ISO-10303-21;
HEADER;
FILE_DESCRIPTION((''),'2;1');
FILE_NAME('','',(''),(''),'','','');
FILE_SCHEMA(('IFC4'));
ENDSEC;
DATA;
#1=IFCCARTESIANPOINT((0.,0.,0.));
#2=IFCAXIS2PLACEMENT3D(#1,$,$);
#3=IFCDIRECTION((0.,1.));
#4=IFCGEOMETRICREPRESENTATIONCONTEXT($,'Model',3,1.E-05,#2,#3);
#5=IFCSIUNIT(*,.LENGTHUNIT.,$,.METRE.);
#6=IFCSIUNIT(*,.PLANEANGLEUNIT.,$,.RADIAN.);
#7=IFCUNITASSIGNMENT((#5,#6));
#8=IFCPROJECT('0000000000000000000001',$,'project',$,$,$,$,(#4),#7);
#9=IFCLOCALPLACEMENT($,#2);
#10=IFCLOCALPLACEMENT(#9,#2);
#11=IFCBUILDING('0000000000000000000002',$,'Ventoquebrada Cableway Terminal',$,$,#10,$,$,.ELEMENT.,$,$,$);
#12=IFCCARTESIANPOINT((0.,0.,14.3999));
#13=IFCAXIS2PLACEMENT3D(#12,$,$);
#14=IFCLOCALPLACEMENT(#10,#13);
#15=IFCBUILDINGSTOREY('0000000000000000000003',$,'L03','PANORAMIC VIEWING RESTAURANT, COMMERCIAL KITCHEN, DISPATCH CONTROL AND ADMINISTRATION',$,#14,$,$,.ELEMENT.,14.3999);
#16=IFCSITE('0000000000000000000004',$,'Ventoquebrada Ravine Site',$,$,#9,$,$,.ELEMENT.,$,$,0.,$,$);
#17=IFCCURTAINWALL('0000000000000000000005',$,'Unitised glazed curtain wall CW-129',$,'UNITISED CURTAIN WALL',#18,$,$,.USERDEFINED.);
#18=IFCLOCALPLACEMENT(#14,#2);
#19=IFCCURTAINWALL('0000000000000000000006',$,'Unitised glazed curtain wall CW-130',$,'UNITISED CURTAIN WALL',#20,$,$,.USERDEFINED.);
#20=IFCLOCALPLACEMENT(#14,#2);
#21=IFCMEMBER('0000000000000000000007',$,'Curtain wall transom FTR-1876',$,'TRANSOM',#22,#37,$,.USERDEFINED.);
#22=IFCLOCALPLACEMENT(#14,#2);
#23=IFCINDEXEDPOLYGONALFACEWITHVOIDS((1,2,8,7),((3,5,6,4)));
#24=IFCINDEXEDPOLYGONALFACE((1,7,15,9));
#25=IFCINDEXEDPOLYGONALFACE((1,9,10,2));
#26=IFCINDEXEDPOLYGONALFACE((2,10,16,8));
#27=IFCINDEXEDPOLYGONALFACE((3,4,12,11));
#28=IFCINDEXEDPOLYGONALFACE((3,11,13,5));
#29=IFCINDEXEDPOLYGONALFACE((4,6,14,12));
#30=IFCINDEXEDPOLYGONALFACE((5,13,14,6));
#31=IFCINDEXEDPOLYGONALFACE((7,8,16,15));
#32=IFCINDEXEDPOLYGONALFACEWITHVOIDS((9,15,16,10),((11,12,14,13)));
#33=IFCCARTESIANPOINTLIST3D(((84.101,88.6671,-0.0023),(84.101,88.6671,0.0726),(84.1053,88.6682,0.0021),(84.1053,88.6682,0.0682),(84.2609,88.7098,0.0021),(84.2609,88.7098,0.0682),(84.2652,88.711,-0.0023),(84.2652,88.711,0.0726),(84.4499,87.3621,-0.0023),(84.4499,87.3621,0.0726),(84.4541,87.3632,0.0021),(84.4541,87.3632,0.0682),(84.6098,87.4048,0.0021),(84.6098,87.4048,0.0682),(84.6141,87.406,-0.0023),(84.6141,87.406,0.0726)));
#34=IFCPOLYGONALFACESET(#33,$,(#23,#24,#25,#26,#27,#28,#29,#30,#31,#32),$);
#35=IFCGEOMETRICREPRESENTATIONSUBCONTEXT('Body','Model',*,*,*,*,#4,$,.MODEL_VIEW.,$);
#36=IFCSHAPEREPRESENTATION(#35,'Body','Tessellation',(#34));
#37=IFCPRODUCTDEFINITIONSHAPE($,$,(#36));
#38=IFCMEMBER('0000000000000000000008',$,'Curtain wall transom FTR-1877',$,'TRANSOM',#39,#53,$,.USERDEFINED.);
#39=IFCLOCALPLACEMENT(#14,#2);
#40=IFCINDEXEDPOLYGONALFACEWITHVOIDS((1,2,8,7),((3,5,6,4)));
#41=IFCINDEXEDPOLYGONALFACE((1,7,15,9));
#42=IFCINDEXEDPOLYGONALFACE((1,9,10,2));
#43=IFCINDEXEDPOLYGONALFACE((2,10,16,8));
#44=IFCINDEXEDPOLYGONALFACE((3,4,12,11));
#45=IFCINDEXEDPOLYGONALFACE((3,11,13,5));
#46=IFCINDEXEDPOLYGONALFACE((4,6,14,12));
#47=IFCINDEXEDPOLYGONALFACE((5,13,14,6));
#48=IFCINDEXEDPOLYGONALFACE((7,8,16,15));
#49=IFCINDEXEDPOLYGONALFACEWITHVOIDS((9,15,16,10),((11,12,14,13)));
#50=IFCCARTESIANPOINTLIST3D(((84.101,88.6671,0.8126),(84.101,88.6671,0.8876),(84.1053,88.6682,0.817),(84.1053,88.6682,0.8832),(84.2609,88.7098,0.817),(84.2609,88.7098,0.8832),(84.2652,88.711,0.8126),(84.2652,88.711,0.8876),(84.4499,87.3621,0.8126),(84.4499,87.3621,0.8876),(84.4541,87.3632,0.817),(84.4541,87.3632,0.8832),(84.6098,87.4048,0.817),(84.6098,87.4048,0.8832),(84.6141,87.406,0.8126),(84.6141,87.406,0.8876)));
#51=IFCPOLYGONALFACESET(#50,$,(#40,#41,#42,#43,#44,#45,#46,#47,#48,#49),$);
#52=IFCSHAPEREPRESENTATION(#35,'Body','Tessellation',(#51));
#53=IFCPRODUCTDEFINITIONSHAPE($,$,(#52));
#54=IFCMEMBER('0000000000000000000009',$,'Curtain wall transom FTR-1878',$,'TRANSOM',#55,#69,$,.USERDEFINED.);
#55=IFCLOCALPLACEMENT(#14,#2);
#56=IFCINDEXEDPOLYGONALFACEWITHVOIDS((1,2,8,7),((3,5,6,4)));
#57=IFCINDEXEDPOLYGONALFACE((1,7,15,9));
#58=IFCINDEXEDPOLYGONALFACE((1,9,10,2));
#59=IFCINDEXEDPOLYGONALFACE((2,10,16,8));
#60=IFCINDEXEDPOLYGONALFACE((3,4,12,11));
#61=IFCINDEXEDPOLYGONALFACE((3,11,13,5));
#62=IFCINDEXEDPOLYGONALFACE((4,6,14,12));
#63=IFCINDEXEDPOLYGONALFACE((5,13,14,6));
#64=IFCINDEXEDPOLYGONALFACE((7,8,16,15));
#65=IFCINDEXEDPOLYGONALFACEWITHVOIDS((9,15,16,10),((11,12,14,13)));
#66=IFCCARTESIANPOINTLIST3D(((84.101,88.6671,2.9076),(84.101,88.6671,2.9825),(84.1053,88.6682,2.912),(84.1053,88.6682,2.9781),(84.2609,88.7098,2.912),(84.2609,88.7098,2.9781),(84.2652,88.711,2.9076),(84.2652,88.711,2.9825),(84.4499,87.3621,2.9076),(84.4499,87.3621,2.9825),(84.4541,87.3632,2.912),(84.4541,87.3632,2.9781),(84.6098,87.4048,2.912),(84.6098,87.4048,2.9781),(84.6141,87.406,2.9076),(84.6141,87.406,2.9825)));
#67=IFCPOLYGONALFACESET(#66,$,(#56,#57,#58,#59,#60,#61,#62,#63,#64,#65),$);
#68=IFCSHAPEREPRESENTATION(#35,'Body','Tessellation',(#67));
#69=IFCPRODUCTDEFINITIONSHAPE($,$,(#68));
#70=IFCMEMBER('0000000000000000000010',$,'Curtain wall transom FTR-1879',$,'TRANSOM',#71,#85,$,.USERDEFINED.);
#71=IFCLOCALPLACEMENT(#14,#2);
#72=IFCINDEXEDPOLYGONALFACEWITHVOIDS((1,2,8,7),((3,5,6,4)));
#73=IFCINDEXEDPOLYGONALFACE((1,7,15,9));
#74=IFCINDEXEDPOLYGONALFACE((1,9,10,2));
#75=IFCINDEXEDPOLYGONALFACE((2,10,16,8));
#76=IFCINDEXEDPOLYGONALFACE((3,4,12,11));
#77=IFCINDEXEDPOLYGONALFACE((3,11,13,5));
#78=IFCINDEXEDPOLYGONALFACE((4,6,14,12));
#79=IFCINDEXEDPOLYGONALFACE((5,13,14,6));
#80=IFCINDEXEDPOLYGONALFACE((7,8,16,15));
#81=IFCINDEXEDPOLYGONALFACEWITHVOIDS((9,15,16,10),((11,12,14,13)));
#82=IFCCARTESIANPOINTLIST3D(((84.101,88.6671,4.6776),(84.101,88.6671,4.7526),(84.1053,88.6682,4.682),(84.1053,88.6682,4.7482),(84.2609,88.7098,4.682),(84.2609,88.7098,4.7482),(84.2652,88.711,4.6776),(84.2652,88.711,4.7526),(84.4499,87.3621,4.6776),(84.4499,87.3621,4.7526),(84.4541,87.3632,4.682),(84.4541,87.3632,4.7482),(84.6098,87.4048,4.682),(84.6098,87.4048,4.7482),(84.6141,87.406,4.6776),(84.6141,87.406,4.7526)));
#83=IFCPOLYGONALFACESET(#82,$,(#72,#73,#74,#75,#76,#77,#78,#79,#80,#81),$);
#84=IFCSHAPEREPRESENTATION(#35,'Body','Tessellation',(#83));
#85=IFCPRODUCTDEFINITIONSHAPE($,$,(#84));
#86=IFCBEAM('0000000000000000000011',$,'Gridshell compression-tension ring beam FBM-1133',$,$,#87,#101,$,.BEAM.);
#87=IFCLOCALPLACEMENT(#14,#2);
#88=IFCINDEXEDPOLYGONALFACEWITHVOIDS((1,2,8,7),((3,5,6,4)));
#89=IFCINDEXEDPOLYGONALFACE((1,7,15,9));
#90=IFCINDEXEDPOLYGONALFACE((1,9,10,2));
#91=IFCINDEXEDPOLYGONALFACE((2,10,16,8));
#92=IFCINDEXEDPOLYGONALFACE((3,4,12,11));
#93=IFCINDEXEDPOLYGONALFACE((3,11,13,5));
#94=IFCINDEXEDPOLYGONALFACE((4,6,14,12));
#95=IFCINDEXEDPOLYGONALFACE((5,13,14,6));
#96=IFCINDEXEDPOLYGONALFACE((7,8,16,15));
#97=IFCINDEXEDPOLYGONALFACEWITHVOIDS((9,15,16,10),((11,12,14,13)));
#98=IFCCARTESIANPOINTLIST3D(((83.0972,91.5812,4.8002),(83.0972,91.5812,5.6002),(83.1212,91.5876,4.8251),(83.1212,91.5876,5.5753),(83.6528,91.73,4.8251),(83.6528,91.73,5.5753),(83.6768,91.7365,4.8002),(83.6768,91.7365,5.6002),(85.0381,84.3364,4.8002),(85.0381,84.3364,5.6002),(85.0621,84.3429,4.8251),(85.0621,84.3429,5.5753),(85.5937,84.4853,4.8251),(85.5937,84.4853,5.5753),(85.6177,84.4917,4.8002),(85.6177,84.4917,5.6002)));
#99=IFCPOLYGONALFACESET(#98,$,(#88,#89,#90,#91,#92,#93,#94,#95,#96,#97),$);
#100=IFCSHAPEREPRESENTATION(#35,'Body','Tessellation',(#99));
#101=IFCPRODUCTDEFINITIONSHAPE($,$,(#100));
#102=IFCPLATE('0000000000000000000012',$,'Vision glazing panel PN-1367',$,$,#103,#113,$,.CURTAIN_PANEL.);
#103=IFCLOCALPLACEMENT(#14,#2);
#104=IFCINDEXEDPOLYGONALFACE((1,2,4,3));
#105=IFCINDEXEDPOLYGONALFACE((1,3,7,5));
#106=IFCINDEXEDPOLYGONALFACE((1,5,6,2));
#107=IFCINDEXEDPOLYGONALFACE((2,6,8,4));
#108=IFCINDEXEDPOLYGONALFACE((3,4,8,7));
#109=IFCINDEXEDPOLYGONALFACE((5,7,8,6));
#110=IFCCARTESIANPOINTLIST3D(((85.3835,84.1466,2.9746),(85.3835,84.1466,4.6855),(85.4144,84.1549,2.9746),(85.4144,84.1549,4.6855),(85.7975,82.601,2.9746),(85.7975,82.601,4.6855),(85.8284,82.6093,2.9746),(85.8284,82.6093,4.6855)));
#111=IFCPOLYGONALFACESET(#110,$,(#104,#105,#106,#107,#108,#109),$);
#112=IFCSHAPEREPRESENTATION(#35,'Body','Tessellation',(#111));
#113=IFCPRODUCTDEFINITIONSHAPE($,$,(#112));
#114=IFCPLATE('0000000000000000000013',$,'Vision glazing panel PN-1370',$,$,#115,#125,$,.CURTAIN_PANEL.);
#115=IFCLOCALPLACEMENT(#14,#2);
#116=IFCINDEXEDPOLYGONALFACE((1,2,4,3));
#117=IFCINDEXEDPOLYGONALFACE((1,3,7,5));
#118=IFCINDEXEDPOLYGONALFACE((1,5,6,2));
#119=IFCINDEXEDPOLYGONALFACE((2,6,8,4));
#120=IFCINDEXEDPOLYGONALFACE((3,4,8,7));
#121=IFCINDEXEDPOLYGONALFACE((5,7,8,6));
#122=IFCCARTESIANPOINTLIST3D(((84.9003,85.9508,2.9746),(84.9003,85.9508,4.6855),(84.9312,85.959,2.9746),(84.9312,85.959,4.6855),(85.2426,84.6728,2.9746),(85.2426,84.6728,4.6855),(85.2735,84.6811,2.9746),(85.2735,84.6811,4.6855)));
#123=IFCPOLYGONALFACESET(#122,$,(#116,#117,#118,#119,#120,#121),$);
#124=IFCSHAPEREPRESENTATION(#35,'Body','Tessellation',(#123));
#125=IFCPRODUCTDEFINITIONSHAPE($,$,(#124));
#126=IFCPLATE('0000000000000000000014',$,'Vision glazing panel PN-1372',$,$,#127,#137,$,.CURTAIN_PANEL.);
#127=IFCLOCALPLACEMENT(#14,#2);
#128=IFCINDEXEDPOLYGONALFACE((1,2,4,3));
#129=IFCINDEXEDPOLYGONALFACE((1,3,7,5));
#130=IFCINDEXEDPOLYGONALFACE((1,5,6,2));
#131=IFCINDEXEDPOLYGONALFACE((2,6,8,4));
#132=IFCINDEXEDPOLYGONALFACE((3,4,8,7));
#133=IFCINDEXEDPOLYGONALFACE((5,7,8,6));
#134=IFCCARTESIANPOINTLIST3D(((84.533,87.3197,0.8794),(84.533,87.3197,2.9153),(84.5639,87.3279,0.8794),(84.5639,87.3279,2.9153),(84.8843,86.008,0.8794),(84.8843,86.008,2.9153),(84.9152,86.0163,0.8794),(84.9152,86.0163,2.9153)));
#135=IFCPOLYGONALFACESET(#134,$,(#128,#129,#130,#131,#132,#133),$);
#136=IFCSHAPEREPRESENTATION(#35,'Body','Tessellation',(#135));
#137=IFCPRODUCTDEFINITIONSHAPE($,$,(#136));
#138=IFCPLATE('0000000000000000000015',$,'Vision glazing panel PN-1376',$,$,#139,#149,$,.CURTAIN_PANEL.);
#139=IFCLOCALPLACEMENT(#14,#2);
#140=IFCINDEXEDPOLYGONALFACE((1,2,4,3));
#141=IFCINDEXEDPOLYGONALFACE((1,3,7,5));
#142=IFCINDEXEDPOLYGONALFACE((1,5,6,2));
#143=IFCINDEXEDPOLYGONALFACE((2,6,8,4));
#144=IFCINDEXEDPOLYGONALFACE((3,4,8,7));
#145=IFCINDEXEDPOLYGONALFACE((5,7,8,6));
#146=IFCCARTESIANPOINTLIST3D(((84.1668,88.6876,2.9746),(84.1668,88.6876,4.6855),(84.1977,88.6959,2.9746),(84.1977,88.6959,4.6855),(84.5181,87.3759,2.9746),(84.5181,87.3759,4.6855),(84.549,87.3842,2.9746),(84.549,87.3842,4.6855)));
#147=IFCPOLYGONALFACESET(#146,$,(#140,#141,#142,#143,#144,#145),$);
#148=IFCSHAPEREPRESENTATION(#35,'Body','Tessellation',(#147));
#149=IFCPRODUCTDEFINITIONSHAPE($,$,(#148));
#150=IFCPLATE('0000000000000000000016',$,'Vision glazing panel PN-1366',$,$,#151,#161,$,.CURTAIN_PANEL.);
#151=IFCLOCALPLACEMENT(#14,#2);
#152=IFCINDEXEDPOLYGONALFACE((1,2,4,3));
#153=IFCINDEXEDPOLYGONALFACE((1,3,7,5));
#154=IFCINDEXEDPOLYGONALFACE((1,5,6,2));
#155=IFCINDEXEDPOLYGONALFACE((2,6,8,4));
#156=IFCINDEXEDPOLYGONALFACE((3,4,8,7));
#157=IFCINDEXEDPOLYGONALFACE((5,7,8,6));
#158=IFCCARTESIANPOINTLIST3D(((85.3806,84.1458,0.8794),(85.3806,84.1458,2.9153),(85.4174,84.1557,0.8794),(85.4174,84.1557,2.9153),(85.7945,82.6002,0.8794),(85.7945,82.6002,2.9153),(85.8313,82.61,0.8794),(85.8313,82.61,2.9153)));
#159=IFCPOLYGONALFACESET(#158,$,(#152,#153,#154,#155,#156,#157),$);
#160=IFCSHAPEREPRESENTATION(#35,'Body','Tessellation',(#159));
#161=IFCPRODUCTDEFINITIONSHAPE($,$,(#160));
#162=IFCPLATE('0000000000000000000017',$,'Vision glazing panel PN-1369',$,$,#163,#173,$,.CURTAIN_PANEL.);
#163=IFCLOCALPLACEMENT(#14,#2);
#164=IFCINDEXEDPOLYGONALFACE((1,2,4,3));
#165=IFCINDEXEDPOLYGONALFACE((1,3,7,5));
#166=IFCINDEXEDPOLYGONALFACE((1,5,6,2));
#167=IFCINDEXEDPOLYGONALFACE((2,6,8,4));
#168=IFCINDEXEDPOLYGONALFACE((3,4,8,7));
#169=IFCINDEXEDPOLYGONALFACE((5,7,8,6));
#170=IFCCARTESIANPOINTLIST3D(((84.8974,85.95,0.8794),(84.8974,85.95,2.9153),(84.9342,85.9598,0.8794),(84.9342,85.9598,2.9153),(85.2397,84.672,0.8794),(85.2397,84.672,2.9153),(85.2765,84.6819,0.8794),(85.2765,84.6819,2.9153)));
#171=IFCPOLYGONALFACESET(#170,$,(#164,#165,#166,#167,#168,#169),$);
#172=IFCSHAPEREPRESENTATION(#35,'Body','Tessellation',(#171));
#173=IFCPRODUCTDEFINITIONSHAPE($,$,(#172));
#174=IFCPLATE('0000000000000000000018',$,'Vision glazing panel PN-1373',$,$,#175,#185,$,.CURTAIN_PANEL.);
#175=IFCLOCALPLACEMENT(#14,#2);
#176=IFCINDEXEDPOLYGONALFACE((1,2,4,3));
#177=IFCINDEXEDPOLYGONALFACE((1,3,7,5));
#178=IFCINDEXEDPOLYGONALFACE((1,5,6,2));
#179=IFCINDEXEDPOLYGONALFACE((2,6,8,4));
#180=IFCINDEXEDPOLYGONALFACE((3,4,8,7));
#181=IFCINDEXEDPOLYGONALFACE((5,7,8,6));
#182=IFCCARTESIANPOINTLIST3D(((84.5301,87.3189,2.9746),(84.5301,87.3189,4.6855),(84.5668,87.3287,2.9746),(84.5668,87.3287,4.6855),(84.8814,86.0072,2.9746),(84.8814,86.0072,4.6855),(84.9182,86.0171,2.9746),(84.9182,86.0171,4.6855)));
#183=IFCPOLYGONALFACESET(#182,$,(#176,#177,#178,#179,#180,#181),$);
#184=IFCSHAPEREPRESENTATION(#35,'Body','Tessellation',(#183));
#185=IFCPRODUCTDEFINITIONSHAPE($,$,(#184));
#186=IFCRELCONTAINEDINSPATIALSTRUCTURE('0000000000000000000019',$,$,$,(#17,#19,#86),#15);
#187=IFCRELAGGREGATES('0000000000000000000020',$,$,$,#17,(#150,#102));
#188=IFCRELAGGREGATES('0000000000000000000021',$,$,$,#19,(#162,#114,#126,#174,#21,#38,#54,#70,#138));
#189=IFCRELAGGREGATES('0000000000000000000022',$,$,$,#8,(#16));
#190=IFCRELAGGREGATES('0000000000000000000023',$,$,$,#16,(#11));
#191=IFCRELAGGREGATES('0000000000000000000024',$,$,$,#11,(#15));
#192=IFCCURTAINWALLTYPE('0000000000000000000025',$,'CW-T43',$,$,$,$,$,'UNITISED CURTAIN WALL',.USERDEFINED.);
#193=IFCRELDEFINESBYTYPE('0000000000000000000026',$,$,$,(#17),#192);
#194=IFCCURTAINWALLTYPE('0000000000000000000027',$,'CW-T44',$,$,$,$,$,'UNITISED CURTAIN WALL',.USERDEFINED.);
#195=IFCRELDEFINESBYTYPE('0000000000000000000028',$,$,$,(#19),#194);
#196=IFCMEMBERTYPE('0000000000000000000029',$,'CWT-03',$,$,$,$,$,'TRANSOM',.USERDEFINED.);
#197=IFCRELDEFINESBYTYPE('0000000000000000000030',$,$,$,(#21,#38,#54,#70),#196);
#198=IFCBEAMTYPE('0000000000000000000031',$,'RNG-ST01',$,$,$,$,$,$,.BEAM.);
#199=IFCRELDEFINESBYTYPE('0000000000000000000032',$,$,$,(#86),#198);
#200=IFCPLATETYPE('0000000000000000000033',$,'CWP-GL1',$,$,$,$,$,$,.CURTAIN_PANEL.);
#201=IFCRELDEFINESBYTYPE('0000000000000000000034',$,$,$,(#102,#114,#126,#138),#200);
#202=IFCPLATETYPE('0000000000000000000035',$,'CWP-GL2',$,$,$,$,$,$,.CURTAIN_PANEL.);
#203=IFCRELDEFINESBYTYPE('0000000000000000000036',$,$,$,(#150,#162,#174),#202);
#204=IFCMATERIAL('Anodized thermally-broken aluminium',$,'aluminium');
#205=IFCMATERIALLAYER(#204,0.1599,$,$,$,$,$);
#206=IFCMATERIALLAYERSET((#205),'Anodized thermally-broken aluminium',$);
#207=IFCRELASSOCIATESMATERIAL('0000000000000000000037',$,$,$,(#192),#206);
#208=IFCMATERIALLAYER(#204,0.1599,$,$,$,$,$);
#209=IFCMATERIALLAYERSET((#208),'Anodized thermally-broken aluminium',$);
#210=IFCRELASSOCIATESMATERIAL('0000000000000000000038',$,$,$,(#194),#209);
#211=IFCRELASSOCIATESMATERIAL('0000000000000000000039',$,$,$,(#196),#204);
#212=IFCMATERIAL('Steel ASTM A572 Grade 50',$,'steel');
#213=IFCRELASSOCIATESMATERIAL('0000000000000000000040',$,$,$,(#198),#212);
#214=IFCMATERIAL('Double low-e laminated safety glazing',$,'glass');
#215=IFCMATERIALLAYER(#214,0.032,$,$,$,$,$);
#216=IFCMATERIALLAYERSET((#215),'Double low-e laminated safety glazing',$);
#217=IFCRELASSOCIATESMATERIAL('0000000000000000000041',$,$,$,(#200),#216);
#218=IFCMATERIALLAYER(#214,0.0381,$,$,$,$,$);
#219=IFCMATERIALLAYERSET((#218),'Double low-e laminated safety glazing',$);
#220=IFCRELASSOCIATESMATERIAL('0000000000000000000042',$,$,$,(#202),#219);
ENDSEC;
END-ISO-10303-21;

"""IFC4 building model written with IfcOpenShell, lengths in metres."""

from ifc_helpers import new_model, si_unit, direction, frame, origin, origin_2d, place, context, subcontext, project, spatial, rectangle, hollow_rectangle, extrude, material, layer, layer_set, material_profile, profile_set, type_object, element, aggregate, save


model = new_model("IFC4")

# Units and contexts
model_context = context("Model", 3, precision=1e-05, world=origin(), true_north=direction((0.0, 1.0)))
body_context = subcontext(model_context, "Body", "Model", "MODEL_VIEW")
ifc_project = project(units=[si_unit("LENGTHUNIT", "METRE"), si_unit("PLANEANGLEUNIT", "RADIAN")], contexts=[model_context])

# Site, building, storey
site_placement = place(None, origin())
site = spatial("IfcSite", under=ifc_project, at=site_placement, Name="Ventoquebrada Ravine Site", CompositionType="ELEMENT", RefElevation=0.0)
building_placement = place(site_placement, origin())
building = spatial("IfcBuilding", under=site, at=building_placement, Name="Ventoquebrada Cableway Terminal", CompositionType="ELEMENT")
storey_placement = place(building_placement, frame((0.0, 0.0, 14.3999)))
storey = spatial("IfcBuildingStorey", under=building, at=storey_placement, Name="L03", Description="PANORAMIC VIEWING RESTAURANT, COMMERCIAL KITCHEN, DISPATCH CONTROL AND ADMINISTRATION", CompositionType="ELEMENT", Elevation=14.3999)

# Curtain wall
ifc_material_1 = material(Name="Anodized thermally-broken aluminium", Category="aluminium")
ifc_layer_1 = layer(ifc_material_1, 0.1599)
ifc_layer_set_1 = layer_set([ifc_layer_1], Name="Anodized thermally-broken aluminium")
curtain_wall_type_1 = type_object("IfcCurtainWallType", Name="CW-T43", ElementType="UNITISED CURTAIN WALL", PredefinedType="USERDEFINED", material=ifc_layer_set_1)
curtain_wall_1_placement = place(storey_placement, origin())
curtain_wall_1 = element("IfcCurtainWall", 1, at=curtain_wall_1_placement, inside=storey, type_object=curtain_wall_type_1, Name="Unitised glazed curtain wall CW-129", ObjectType="UNITISED CURTAIN WALL", PredefinedType="USERDEFINED")

# Curtain wall
ifc_layer_2 = layer(ifc_material_1, 0.1599)
ifc_layer_set_2 = layer_set([ifc_layer_2], Name="Anodized thermally-broken aluminium")
curtain_wall_type_2 = type_object("IfcCurtainWallType", Name="CW-T44", ElementType="UNITISED CURTAIN WALL", PredefinedType="USERDEFINED", material=ifc_layer_set_2)
curtain_wall_2_placement = place(storey_placement, origin())
curtain_wall_2 = element("IfcCurtainWall", 2, at=curtain_wall_2_placement, inside=storey, type_object=curtain_wall_type_2, Name="Unitised glazed curtain wall CW-130", ObjectType="UNITISED CURTAIN WALL", PredefinedType="USERDEFINED")

# Members
ifc_material_profile_1 = material_profile(ifc_material_1, hollow_rectangle(XDim=0.075, YDim=0.1699, WallThickness=0.0044, at=origin_2d()), Name="CW-TRN-75X170")
ifc_profile_set_1 = profile_set([ifc_material_profile_1], Name="Anodized thermally-broken aluminium")
member_type_1 = type_object("IfcMemberType", Name="CWT-03", ElementType="TRANSOM", PredefinedType="USERDEFINED", material=ifc_profile_set_1)
member_1_placement = place(storey_placement, frame((84.532, 87.384, 0.0352), z_axis=(-0.258281, 0.96607, 0.0), x_axis=(0.0, 0.0, 1.0)))
member_1 = element("IfcMember", 3, at=member_1_placement, type_object=member_type_1, Name="Curtain wall transom FTR-1876", ObjectType="TRANSOM", PredefinedType="USERDEFINED", context=body_context, shape_type="SweptSolid", body=[
    extrude(hollow_rectangle(XDim=0.075, YDim=0.1699, WallThickness=0.0044, at=origin_2d()), origin(), (0.0, 0.0, 1.0), 1.3508),
])
member_2_placement = place(storey_placement, frame((84.532, 87.384, 0.8501), z_axis=(-0.258281, 0.96607, 0.0), x_axis=(0.0, 0.0, 1.0)))
member_2 = element("IfcMember", 4, at=member_2_placement, type_object=member_type_1, Name="Curtain wall transom FTR-1877", ObjectType="TRANSOM", PredefinedType="USERDEFINED", context=body_context, shape_type="SweptSolid", body=[
    extrude(hollow_rectangle(XDim=0.075, YDim=0.1699, WallThickness=0.0044, at=origin_2d()), origin(), (0.0, 0.0, 1.0), 1.3508),
])
member_3_placement = place(storey_placement, frame((84.532, 87.384, 2.9451), z_axis=(-0.258281, 0.96607, 0.0), x_axis=(0.0, 0.0, 1.0)))
member_3 = element("IfcMember", 5, at=member_3_placement, type_object=member_type_1, Name="Curtain wall transom FTR-1878", ObjectType="TRANSOM", PredefinedType="USERDEFINED", context=body_context, shape_type="SweptSolid", body=[
    extrude(hollow_rectangle(XDim=0.075, YDim=0.1699, WallThickness=0.0044, at=origin_2d()), origin(), (0.0, 0.0, 1.0), 1.3508),
])
member_4_placement = place(storey_placement, frame((84.532, 87.384, 4.7151), z_axis=(-0.258281, 0.96607, 0.0), x_axis=(0.0, 0.0, 1.0)))
member_4 = element("IfcMember", 6, at=member_4_placement, type_object=member_type_1, Name="Curtain wall transom FTR-1879", ObjectType="TRANSOM", PredefinedType="USERDEFINED", context=body_context, shape_type="SweptSolid", body=[
    extrude(hollow_rectangle(XDim=0.075, YDim=0.1699, WallThickness=0.0044, at=origin_2d()), origin(), (0.0, 0.0, 1.0), 1.3508),
])

# Beam
ifc_material_2 = material(Name="Steel ASTM A572 Grade 50", Category="steel")
ifc_material_profile_2 = material_profile(ifc_material_2, hollow_rectangle(XDim=0.6001, YDim=0.8, WallThickness=0.0249, at=origin_2d()), Name="BOX600X800X25")
ifc_profile_set_2 = profile_set([ifc_material_profile_2], Name="Steel ASTM A572 Grade 50")
beam_type = type_object("IfcBeamType", Name="RNG-ST01", PredefinedType="BEAM", material=ifc_profile_set_2)
beam_placement = place(storey_placement, frame((85.3279, 84.4141, 5.2002), z_axis=(-0.258777, 0.965937, 0.0), x_axis=(-0.965937, -0.258777, 0.0)))
element("IfcBeam", 7, at=beam_placement, inside=storey, type_object=beam_type, Name="Gridshell compression-tension ring beam FBM-1133", PredefinedType="BEAM", context=body_context, shape_type="SweptSolid", body=[
    extrude(hollow_rectangle(XDim=0.6001, YDim=0.8, WallThickness=0.0249, at=origin_2d()), origin(), (0.0, 0.0, 1.0), 7.5002),
])

# Plates
ifc_material_3 = material(Name="Double low-e laminated safety glazing", Category="glass")
ifc_layer_3 = layer(ifc_material_3, 0.032)
ifc_layer_set_3 = layer_set([ifc_layer_3], Name="Double low-e laminated safety glazing")
plate_type_1 = type_object("IfcPlateType", Name="CWP-GL1", PredefinedType="CURTAIN_PANEL", material=ifc_layer_set_3)
plate_1_placement = place(storey_placement, frame((85.606, 83.3779, 2.9746), z_axis=(0.0, 0.0, 1.0), x_axis=(-0.258701, 0.965957, 0.0)))
plate_1 = element("IfcPlate", 8, at=plate_1_placement, type_object=plate_type_1, Name="Vision glazing panel PN-1367", PredefinedType="CURTAIN_PANEL", context=body_context, shape_type="SweptSolid", body=[
    extrude(rectangle(XDim=1.6001, YDim=0.032, at=origin_2d()), origin(), (0.0, 0.0, 1.0), 1.7109),
])
plate_2_placement = place(storey_placement, frame((85.0869, 85.3159, 2.9746), z_axis=(0.0, 0.0, 1.0), x_axis=(-0.258735, 0.965948, 0.0)))
plate_2 = element("IfcPlate", 9, at=plate_2_placement, type_object=plate_type_1, Name="Vision glazing panel PN-1370", PredefinedType="CURTAIN_PANEL", context=body_context, shape_type="SweptSolid", body=[
    extrude(rectangle(XDim=1.323, YDim=0.032, at=origin_2d()), origin(), (0.0, 0.0, 1.0), 1.7109),
])
plate_3_placement = place(storey_placement, frame((84.7241, 86.668, 0.8794), z_axis=(0.0, 0.0, 1.0), x_axis=(-0.258735, 0.965948, 0.0)))
plate_3 = element("IfcPlate", 10, at=plate_3_placement, type_object=plate_type_1, Name="Vision glazing panel PN-1372", PredefinedType="CURTAIN_PANEL", context=body_context, shape_type="SweptSolid", body=[
    extrude(rectangle(XDim=1.3579, YDim=0.032, at=origin_2d()), origin(), (0.0, 0.0, 1.0), 2.0359),
])
plate_4_placement = place(storey_placement, frame((84.3579, 88.0359, 2.9746), z_axis=(0.0, 0.0, 1.0), x_axis=(-0.258735, 0.965948, 0.0)))
plate_4 = element("IfcPlate", 11, at=plate_4_placement, type_object=plate_type_1, Name="Vision glazing panel PN-1376", PredefinedType="CURTAIN_PANEL", context=body_context, shape_type="SweptSolid", body=[
    extrude(rectangle(XDim=1.3579, YDim=0.032, at=origin_2d()), origin(), (0.0, 0.0, 1.0), 1.7109),
])
ifc_layer_4 = layer(ifc_material_3, 0.0381)
ifc_layer_set_4 = layer_set([ifc_layer_4], Name="Double low-e laminated safety glazing")
plate_type_2 = type_object("IfcPlateType", Name="CWP-GL2", PredefinedType="CURTAIN_PANEL", material=ifc_layer_set_4)
plate_5_placement = place(storey_placement, frame((85.606, 83.3779, 0.8794), z_axis=(0.0, 0.0, 1.0), x_axis=(-0.258701, 0.965957, 0.0)))
plate_5 = element("IfcPlate", 12, at=plate_5_placement, type_object=plate_type_2, Name="Vision glazing panel PN-1366", PredefinedType="CURTAIN_PANEL", context=body_context, shape_type="SweptSolid", body=[
    extrude(rectangle(XDim=1.6001, YDim=0.0381, at=origin_2d()), origin(), (0.0, 0.0, 1.0), 2.0359),
])
plate_6_placement = place(storey_placement, frame((85.0869, 85.3159, 0.8794), z_axis=(0.0, 0.0, 1.0), x_axis=(-0.258735, 0.965948, 0.0)))
plate_6 = element("IfcPlate", 13, at=plate_6_placement, type_object=plate_type_2, Name="Vision glazing panel PN-1369", PredefinedType="CURTAIN_PANEL", context=body_context, shape_type="SweptSolid", body=[
    extrude(rectangle(XDim=1.323, YDim=0.0381, at=origin_2d()), origin(), (0.0, 0.0, 1.0), 2.0359),
])
plate_7_placement = place(storey_placement, frame((84.7241, 86.668, 2.9746), z_axis=(0.0, 0.0, 1.0), x_axis=(-0.258735, 0.965948, 0.0)))
plate_7 = element("IfcPlate", 14, at=plate_7_placement, type_object=plate_type_2, Name="Vision glazing panel PN-1373", PredefinedType="CURTAIN_PANEL", context=body_context, shape_type="SweptSolid", body=[
    extrude(rectangle(XDim=1.3579, YDim=0.0381, at=origin_2d()), origin(), (0.0, 0.0, 1.0), 1.7109),
])
aggregate(curtain_wall_1, [plate_5, plate_1])
aggregate(curtain_wall_2, [plate_6, plate_2, plate_3, plate_7, member_1, member_2, member_3, member_4, plate_4])

save(model, "model.ifc")
